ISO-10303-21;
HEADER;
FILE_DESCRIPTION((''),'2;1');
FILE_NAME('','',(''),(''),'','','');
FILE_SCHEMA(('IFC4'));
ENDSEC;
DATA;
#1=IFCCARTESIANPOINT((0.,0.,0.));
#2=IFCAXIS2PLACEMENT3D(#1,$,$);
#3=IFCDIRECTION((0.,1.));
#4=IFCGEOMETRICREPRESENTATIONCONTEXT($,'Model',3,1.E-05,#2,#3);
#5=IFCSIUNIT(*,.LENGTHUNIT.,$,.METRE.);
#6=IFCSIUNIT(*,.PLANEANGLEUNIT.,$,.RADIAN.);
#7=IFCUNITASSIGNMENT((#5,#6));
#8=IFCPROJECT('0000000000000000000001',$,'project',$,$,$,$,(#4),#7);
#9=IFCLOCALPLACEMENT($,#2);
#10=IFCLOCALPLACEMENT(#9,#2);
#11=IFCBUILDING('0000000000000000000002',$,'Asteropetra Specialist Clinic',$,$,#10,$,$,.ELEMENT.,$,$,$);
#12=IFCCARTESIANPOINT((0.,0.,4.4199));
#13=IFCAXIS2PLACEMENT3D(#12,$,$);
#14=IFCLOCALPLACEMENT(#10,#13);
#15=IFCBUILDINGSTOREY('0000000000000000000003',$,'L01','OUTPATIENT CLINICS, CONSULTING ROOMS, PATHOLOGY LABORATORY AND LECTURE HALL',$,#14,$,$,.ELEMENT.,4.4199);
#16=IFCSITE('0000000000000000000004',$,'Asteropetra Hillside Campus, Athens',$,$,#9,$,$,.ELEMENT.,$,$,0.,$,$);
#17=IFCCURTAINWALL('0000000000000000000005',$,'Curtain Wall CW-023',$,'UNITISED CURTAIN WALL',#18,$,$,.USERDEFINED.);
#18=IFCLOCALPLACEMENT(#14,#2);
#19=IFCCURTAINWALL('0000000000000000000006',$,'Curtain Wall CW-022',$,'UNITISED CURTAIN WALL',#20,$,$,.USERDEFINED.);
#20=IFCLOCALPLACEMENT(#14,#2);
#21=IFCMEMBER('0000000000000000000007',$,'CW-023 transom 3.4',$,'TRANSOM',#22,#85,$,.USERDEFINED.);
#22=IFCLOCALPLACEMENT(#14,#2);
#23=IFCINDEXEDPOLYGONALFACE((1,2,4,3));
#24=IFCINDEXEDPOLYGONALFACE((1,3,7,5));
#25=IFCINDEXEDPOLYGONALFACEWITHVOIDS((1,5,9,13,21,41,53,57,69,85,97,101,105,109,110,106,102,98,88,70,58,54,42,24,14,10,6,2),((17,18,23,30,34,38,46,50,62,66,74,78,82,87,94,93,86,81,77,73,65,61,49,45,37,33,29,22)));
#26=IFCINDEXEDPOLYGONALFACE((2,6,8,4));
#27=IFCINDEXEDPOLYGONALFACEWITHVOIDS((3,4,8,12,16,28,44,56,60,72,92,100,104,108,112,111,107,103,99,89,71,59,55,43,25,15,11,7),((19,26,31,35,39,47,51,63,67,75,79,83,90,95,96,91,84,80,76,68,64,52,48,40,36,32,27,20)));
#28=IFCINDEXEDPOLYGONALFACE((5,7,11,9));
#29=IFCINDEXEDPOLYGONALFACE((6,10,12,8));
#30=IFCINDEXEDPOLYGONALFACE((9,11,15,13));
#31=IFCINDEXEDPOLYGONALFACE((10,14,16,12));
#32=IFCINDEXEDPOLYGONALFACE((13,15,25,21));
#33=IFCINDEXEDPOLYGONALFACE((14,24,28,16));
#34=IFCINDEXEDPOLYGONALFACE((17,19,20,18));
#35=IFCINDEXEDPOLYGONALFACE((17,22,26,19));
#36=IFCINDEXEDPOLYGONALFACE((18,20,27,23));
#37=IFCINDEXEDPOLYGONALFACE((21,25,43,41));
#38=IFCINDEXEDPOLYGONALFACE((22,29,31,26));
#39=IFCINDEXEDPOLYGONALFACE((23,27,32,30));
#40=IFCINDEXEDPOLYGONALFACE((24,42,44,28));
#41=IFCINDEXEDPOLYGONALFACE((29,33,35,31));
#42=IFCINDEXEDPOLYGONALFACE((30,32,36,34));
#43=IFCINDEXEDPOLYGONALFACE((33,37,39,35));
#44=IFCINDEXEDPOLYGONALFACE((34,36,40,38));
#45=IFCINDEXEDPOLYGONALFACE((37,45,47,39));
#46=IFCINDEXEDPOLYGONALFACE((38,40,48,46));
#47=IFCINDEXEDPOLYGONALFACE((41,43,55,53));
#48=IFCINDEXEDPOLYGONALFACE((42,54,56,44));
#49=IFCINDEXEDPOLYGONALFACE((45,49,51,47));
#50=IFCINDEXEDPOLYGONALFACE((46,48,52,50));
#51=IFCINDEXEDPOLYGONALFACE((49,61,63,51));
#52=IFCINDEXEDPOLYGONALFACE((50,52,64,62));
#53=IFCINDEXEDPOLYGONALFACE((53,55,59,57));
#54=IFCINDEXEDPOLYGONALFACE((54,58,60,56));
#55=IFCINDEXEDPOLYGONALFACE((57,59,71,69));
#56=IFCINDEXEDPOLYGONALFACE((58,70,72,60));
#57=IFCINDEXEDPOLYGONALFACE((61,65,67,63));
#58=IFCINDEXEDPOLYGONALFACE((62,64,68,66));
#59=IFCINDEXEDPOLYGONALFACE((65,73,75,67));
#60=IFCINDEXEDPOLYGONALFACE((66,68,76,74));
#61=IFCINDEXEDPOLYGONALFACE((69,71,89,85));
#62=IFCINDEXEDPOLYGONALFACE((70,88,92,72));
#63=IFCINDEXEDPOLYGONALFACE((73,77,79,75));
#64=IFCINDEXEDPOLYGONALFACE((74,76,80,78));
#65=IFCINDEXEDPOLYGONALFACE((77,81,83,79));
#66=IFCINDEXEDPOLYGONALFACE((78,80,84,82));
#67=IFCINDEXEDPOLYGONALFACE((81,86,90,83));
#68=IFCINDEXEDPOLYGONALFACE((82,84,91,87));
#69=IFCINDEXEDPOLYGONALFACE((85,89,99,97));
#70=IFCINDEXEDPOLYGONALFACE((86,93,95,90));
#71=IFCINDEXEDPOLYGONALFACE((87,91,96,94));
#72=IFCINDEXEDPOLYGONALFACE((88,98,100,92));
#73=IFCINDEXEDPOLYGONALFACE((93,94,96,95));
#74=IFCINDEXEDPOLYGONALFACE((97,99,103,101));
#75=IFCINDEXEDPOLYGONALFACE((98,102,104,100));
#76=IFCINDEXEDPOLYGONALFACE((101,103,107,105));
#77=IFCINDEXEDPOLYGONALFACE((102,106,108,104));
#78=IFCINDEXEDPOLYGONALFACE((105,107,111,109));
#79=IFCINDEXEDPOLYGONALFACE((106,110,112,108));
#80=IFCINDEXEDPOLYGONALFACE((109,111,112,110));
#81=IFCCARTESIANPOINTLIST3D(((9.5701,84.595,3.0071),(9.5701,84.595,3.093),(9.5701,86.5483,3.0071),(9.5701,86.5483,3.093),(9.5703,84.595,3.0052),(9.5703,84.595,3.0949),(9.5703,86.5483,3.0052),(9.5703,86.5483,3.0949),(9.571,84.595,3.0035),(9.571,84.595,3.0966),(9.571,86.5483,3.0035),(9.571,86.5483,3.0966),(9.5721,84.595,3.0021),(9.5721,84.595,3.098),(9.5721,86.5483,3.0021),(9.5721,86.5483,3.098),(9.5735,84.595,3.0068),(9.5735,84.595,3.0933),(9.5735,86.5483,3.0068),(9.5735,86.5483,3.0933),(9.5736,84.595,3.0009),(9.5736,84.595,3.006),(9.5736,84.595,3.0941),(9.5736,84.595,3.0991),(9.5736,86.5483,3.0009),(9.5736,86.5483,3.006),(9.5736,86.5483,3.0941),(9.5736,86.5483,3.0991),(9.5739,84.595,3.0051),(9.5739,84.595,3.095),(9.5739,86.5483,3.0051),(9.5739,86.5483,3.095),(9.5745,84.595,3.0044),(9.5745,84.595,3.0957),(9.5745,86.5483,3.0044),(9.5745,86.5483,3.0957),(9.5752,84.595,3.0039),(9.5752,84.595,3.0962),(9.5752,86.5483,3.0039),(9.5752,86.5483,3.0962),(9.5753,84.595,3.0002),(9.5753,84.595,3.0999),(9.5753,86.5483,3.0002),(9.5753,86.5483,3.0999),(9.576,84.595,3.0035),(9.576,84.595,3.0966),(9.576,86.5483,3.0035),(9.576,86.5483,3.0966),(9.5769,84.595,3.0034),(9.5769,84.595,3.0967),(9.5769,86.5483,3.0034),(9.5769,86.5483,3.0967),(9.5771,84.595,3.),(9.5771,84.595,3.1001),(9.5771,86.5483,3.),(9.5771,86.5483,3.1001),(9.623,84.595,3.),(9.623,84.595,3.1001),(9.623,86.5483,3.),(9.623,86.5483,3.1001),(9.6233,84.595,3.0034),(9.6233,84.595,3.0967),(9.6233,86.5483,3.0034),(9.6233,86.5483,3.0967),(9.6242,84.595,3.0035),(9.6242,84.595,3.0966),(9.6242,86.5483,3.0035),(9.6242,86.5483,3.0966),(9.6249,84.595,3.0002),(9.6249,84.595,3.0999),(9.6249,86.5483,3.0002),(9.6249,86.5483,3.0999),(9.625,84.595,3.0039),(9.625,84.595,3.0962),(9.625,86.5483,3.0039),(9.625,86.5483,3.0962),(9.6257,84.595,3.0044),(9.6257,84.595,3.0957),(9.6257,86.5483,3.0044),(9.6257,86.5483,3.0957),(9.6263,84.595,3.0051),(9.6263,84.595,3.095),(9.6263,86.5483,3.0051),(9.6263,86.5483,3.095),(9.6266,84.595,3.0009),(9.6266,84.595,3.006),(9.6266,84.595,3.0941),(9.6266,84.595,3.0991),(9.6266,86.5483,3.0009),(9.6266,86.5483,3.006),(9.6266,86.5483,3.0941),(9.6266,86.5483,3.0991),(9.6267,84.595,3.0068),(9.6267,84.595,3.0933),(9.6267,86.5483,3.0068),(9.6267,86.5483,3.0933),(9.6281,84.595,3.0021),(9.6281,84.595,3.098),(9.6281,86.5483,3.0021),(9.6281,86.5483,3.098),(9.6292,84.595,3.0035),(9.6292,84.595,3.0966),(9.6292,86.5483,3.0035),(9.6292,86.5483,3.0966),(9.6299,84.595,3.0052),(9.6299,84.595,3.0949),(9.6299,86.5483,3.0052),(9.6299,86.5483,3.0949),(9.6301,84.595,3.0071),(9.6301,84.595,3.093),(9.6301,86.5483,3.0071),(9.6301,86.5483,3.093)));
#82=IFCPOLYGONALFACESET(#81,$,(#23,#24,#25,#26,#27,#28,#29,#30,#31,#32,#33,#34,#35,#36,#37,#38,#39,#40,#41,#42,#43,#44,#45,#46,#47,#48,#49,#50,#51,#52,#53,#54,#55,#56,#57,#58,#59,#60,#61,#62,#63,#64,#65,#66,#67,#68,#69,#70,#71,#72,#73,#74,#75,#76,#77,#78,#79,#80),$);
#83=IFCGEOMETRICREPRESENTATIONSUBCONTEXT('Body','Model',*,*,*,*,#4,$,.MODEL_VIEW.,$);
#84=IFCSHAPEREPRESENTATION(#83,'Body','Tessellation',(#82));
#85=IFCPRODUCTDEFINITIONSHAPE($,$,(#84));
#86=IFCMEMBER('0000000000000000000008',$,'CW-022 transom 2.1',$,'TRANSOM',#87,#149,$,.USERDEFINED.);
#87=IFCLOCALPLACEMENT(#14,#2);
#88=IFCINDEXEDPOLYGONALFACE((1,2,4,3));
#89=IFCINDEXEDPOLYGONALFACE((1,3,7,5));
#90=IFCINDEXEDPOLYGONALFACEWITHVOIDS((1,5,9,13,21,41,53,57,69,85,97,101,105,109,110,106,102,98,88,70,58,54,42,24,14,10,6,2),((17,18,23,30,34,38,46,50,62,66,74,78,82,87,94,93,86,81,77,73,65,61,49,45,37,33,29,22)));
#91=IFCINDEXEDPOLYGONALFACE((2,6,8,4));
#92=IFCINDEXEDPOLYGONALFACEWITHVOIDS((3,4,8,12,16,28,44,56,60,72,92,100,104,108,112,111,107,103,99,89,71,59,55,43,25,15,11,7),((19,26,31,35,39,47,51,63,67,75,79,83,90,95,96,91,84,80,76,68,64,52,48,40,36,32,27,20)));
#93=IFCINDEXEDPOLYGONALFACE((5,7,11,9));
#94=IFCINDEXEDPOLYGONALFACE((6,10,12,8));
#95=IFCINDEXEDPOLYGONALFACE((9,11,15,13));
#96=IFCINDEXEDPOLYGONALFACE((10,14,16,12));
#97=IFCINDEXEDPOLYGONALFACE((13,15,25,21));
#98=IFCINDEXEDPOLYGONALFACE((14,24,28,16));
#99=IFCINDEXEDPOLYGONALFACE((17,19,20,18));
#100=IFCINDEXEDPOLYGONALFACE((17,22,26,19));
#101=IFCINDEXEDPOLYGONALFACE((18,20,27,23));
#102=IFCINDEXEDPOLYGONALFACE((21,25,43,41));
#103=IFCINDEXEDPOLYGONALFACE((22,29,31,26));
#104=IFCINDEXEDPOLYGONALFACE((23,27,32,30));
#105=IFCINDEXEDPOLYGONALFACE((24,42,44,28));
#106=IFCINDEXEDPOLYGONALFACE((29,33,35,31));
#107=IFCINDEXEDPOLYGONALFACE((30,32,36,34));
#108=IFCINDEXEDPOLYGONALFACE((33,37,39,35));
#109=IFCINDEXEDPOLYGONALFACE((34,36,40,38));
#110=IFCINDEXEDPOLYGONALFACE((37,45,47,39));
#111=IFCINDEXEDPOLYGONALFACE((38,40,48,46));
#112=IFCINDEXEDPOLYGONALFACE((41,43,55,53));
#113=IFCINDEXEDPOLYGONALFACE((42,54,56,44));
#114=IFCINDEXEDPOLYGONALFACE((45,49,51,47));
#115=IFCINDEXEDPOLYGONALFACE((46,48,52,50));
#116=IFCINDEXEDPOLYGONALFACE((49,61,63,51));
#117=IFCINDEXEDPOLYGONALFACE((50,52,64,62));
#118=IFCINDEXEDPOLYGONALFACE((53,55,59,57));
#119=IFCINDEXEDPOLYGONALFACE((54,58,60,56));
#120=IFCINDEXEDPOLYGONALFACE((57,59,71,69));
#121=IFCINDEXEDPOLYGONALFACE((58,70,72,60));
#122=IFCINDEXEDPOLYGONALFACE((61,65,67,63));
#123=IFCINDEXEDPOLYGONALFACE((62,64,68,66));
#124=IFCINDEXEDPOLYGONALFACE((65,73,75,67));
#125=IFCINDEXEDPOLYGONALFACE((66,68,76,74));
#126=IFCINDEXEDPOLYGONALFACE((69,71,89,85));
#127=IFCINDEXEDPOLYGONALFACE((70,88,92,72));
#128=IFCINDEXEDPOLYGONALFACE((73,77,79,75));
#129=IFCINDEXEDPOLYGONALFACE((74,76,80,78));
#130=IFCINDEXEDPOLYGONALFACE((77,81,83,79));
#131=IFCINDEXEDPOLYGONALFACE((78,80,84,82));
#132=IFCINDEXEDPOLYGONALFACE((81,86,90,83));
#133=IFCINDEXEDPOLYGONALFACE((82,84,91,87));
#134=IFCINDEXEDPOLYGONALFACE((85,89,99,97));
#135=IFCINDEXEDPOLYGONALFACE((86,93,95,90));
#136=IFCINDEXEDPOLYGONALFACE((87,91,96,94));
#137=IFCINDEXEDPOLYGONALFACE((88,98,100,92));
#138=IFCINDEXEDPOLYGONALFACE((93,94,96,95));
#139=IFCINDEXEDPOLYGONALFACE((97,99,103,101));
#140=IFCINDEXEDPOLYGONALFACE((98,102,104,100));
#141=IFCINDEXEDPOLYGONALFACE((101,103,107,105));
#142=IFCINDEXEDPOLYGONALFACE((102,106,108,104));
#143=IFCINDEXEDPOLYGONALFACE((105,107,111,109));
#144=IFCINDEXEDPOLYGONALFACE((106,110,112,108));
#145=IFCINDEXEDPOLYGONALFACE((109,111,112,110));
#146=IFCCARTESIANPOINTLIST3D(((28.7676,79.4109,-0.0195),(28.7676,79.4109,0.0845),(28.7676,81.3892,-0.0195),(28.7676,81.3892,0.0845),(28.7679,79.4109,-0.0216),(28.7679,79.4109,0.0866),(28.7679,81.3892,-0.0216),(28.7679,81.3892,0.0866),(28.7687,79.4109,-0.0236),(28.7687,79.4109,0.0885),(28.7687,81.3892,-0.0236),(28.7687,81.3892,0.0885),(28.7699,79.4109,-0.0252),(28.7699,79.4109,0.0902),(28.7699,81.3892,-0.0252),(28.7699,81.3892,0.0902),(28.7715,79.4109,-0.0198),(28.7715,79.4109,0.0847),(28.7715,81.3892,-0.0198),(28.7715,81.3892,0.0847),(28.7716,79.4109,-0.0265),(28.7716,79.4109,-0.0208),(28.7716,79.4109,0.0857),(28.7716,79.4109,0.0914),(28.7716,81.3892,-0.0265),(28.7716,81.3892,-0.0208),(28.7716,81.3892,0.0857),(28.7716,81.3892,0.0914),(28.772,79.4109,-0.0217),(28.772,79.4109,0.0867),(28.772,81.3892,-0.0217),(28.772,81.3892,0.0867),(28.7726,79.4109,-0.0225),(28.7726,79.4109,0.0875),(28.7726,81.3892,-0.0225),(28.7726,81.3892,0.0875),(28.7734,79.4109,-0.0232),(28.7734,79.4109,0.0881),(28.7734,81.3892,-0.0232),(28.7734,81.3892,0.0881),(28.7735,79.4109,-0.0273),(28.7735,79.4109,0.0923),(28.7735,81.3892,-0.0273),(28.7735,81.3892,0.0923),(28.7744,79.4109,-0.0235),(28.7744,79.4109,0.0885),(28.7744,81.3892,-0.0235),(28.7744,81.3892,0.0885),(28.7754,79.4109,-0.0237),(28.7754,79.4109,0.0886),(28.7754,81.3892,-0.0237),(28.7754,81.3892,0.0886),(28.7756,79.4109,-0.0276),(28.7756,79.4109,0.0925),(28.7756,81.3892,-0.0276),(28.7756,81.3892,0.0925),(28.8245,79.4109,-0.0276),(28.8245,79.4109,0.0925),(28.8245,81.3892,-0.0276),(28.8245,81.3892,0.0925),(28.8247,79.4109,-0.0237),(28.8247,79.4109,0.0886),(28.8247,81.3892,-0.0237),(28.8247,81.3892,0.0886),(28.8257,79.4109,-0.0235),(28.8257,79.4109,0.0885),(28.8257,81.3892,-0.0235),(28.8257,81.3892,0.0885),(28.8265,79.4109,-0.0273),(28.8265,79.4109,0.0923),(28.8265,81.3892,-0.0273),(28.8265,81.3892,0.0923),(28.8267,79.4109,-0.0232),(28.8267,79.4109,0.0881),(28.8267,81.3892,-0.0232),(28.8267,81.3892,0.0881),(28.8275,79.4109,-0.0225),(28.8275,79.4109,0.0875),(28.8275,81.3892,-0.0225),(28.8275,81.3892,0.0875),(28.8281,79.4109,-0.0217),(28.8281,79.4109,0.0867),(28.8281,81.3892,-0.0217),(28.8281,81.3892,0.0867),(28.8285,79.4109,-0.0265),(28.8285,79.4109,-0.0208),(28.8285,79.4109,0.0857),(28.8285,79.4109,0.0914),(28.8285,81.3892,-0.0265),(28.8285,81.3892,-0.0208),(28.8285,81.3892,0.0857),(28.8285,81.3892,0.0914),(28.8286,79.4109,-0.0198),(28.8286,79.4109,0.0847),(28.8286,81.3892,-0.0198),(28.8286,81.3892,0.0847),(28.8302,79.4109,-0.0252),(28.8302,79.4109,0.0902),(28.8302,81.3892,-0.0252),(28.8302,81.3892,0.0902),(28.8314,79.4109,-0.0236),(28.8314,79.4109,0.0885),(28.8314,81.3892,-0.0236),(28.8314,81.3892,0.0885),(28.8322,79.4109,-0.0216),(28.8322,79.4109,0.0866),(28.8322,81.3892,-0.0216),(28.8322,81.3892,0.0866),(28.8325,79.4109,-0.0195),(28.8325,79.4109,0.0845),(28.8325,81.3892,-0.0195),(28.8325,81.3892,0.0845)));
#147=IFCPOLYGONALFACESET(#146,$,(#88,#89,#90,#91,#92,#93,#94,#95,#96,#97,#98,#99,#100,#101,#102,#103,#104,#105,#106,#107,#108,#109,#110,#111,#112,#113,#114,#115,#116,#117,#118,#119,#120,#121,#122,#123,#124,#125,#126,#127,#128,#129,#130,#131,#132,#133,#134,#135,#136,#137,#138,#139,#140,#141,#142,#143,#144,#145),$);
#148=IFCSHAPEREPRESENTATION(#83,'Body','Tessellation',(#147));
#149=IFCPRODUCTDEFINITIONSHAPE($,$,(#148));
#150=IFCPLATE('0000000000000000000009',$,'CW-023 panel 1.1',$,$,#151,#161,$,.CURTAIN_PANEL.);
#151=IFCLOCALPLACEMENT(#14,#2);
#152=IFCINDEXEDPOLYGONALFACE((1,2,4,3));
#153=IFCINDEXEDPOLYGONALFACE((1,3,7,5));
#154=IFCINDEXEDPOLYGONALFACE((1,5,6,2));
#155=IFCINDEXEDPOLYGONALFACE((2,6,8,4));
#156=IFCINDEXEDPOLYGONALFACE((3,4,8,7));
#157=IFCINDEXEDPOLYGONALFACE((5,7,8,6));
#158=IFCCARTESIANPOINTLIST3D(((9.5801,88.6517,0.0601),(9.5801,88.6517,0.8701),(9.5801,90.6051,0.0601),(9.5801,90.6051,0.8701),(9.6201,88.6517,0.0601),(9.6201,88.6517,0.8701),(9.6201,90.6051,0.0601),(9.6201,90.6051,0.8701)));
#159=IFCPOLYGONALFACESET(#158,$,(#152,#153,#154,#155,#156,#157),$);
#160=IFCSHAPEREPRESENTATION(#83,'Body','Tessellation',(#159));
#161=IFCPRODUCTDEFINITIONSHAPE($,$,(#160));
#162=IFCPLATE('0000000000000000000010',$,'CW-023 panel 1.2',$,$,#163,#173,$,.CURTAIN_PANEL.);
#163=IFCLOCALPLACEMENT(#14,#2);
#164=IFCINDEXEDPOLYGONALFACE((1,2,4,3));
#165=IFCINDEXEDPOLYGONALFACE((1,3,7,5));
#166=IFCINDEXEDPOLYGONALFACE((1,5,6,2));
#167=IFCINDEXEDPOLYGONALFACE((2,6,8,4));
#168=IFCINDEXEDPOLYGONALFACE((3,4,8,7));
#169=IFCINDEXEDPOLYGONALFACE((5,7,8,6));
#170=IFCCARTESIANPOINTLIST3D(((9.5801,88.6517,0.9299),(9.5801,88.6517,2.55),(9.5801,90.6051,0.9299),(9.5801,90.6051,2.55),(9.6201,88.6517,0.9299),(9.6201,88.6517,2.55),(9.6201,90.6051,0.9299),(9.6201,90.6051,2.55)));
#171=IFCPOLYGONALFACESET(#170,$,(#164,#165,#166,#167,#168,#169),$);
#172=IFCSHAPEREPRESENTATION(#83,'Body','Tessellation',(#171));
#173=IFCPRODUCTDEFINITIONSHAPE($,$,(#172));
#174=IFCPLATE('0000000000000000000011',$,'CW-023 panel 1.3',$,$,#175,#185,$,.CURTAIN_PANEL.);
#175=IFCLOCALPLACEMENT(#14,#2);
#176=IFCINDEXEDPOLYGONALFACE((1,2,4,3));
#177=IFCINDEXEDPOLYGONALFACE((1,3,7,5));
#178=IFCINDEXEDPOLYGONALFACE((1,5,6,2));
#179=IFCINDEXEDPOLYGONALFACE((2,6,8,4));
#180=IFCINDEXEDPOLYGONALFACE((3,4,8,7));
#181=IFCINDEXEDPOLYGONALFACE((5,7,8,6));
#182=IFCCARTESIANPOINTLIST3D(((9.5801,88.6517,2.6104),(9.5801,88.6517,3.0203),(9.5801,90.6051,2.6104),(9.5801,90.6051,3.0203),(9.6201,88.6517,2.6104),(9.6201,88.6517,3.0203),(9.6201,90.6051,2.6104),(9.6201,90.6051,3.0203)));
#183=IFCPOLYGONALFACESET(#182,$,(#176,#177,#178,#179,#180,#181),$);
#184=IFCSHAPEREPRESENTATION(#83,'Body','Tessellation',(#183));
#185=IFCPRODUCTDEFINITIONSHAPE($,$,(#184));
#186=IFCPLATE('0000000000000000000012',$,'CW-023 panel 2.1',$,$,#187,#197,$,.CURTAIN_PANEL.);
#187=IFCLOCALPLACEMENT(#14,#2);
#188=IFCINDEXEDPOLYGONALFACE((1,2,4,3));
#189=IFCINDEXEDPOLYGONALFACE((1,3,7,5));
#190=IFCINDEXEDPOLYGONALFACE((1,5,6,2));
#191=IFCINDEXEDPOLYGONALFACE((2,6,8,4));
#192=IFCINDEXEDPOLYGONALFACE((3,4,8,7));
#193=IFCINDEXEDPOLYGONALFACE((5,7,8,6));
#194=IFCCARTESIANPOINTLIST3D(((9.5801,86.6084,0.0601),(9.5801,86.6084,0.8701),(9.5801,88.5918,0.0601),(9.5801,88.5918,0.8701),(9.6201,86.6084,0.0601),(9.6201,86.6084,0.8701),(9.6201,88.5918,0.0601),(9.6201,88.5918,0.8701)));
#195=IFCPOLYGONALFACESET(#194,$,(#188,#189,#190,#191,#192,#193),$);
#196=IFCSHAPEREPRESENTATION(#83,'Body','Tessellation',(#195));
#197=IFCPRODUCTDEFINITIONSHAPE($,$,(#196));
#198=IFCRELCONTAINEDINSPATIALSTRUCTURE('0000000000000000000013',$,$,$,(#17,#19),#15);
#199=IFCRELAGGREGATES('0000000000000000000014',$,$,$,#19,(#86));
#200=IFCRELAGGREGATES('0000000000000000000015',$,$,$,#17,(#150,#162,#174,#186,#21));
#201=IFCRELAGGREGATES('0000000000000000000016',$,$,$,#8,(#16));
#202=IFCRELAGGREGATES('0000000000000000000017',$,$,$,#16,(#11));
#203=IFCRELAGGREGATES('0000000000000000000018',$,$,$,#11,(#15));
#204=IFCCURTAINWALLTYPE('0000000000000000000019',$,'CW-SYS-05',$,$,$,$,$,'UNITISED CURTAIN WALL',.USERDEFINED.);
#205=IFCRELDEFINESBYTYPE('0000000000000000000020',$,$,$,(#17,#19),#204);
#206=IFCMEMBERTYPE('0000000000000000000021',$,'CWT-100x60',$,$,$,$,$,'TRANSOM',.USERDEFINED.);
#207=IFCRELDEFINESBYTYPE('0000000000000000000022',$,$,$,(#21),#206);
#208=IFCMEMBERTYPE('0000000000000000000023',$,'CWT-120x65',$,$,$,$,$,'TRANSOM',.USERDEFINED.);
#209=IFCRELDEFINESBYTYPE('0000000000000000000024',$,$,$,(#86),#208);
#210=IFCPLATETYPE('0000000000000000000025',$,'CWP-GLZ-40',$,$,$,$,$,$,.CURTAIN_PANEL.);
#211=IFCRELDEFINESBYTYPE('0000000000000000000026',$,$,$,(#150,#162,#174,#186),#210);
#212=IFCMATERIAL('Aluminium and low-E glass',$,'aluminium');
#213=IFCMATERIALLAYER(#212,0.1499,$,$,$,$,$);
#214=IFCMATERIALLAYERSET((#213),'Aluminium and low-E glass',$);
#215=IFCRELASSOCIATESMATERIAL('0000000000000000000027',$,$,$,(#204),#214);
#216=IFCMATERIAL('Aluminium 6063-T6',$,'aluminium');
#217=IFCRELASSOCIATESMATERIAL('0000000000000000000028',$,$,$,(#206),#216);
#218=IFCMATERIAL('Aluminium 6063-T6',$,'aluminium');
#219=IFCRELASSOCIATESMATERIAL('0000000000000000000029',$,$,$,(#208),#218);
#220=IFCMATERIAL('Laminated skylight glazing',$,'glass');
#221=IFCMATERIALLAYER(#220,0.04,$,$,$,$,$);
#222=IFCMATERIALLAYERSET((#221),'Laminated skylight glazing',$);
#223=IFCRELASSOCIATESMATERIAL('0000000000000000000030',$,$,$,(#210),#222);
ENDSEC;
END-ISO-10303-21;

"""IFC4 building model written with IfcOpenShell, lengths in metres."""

from ifc_helpers import new_model, si_unit, direction, frame, origin, origin_2d, place, context, subcontext, project, spatial, rectangle, hollow_rectangle, extrude, material, layer, layer_set, material_profile, profile_set, type_object, element, aggregate, save


model = new_model("IFC4")

# Units and contexts
model_context = context("Model", 3, precision=1e-05, world=origin(), true_north=direction((0.0, 1.0)))
body_context = subcontext(model_context, "Body", "Model", "MODEL_VIEW")
ifc_project = project(units=[si_unit("LENGTHUNIT", "METRE"), si_unit("PLANEANGLEUNIT", "RADIAN")], contexts=[model_context])

# Site, building, storey
site_placement = place(None, origin())
site = spatial("IfcSite", under=ifc_project, at=site_placement, Name="Asteropetra Hillside Campus, Athens", CompositionType="ELEMENT", RefElevation=0.0)
building_placement = place(site_placement, origin())
building = spatial("IfcBuilding", under=site, at=building_placement, Name="Asteropetra Specialist Clinic", CompositionType="ELEMENT")
storey_placement = place(building_placement, frame((0.0, 0.0, 4.4199)))
storey = spatial("IfcBuildingStorey", under=building, at=storey_placement, Name="L01", Description="OUTPATIENT CLINICS, CONSULTING ROOMS, PATHOLOGY LABORATORY AND LECTURE HALL", CompositionType="ELEMENT", Elevation=4.4199)

# Curtain wall
ifc_material_1 = material(Name="Aluminium and low-E glass", Category="aluminium")
ifc_layer_1 = layer(ifc_material_1, 0.1499)
ifc_layer_set_1 = layer_set([ifc_layer_1], Name="Aluminium and low-E glass")
curtain_wall_type = type_object("IfcCurtainWallType", Name="CW-SYS-05", ElementType="UNITISED CURTAIN WALL", PredefinedType="USERDEFINED", material=ifc_layer_set_1)
curtain_wall_1_placement = place(storey_placement, origin())
curtain_wall_1 = element("IfcCurtainWall", 1, at=curtain_wall_1_placement, inside=storey, type_object=curtain_wall_type, Name="Curtain Wall CW-023", ObjectType="UNITISED CURTAIN WALL", PredefinedType="USERDEFINED")

# Curtain wall
curtain_wall_2_placement = place(storey_placement, origin())
curtain_wall_2 = element("IfcCurtainWall", 2, at=curtain_wall_2_placement, inside=storey, type_object=curtain_wall_type, Name="Curtain Wall CW-022", ObjectType="UNITISED CURTAIN WALL", PredefinedType="USERDEFINED")

# Members
ifc_material_2 = material(Name="Aluminium 6063-T6", Category="aluminium")
ifc_material_profile_1 = material_profile(ifc_material_2, hollow_rectangle(XDim=0.0601, YDim=0.1001, WallThickness=0.0034, InnerFilletRadius=0.0034, OuterFilletRadius=0.0071, at=origin_2d()), Name="TRN 100x60x3.5")
ifc_profile_set_1 = profile_set([ifc_material_profile_1], Name="Aluminium 6063-T6")
member_type_1 = type_object("IfcMemberType", Name="CWT-100x60", ElementType="TRANSOM", PredefinedType="USERDEFINED", material=ifc_profile_set_1)
member_1_placement = place(storey_placement, frame((9.6001, 86.5483, 3.05), z_axis=(0.0, -1.0, 0.0), x_axis=(1.0, 0.0, 0.0)))
member_1 = element("IfcMember", 3, at=member_1_placement, type_object=member_type_1, Name="CW-023 transom 3.4", ObjectType="TRANSOM", PredefinedType="USERDEFINED", context=body_context, shape_type="SweptSolid", body=[
    extrude(hollow_rectangle(XDim=0.0601, YDim=0.1001, WallThickness=0.0034, InnerFilletRadius=0.0034, OuterFilletRadius=0.0071, at=origin_2d()), origin(), (0.0, 0.0, 1.0), 1.9534),
])
ifc_material_3 = material(Name="Aluminium 6063-T6", Category="aluminium")
ifc_material_profile_2 = material_profile(ifc_material_3, hollow_rectangle(XDim=0.0649, YDim=0.1201, WallThickness=0.0039, InnerFilletRadius=0.0039, OuterFilletRadius=0.0081, at=origin_2d()), Name="TRN 120x65x4.0")
ifc_profile_set_2 = profile_set([ifc_material_profile_2], Name="Aluminium 6063-T6")
member_type_2 = type_object("IfcMemberType", Name="CWT-120x65", ElementType="TRANSOM", PredefinedType="USERDEFINED", material=ifc_profile_set_2)
member_2_placement = place(storey_placement, frame((28.8, 79.4109, 0.0325), z_axis=(0.0, 1.0, 0.0), x_axis=(-1.0, 0.0, 0.0)))
member_2 = element("IfcMember", 4, at=member_2_placement, type_object=member_type_2, Name="CW-022 transom 2.1", ObjectType="TRANSOM", PredefinedType="USERDEFINED", context=body_context, shape_type="SweptSolid", body=[
    extrude(hollow_rectangle(XDim=0.0649, YDim=0.1201, WallThickness=0.0039, InnerFilletRadius=0.0039, OuterFilletRadius=0.0081, at=origin_2d()), origin(), (0.0, 0.0, 1.0), 1.9783),
])
aggregate(curtain_wall_2, [member_2])

# Plates
ifc_material_4 = material(Name="Laminated skylight glazing", Category="glass")
ifc_layer_2 = layer(ifc_material_4, 0.04)
ifc_layer_set_2 = layer_set([ifc_layer_2], Name="Laminated skylight glazing")
plate_type = type_object("IfcPlateType", Name="CWP-GLZ-40", PredefinedType="CURTAIN_PANEL", material=ifc_layer_set_2)
plate_1_placement = place(storey_placement, frame((9.6001, 89.6284, 0.0601), z_axis=(0.0, 0.0, 1.0), x_axis=(0.0, -1.0, 0.0)))
plate_1 = element("IfcPlate", 5, at=plate_1_placement, type_object=plate_type, Name="CW-023 panel 1.1", PredefinedType="CURTAIN_PANEL", context=body_context, shape_type="SweptSolid", body=[
    extrude(rectangle(XDim=1.9534, YDim=0.04, at=origin_2d()), origin(), (0.0, 0.0, 1.0), 0.8101),
])
plate_2_placement = place(storey_placement, frame((9.6001, 89.6284, 0.9299), z_axis=(0.0, 0.0, 1.0), x_axis=(0.0, -1.0, 0.0)))
plate_2 = element("IfcPlate", 6, at=plate_2_placement, type_object=plate_type, Name="CW-023 panel 1.2", PredefinedType="CURTAIN_PANEL", context=body_context, shape_type="SweptSolid", body=[
    extrude(rectangle(XDim=1.9534, YDim=0.04, at=origin_2d()), origin(), (0.0, 0.0, 1.0), 1.6201),
])
plate_3_placement = place(storey_placement, frame((9.6001, 89.6284, 2.6104), z_axis=(0.0, 0.0, 1.0), x_axis=(0.0, -1.0, 0.0)))
plate_3 = element("IfcPlate", 7, at=plate_3_placement, type_object=plate_type, Name="CW-023 panel 1.3", PredefinedType="CURTAIN_PANEL", context=body_context, shape_type="SweptSolid", body=[
    extrude(rectangle(XDim=1.9534, YDim=0.04, at=origin_2d()), origin(), (0.0, 0.0, 1.0), 0.4099),
])
plate_4_placement = place(storey_placement, frame((9.6001, 87.6001, 0.0601), z_axis=(0.0, 0.0, 1.0), x_axis=(0.0, -1.0, 0.0)))
plate_4 = element("IfcPlate", 8, at=plate_4_placement, type_object=plate_type, Name="CW-023 panel 2.1", PredefinedType="CURTAIN_PANEL", context=body_context, shape_type="SweptSolid", body=[
    extrude(rectangle(XDim=1.9834, YDim=0.04, at=origin_2d()), origin(), (0.0, 0.0, 1.0), 0.8101),
])
aggregate(curtain_wall_1, [plate_1, plate_2, plate_3, plate_4, member_1])

save(model, "model.ifc")
